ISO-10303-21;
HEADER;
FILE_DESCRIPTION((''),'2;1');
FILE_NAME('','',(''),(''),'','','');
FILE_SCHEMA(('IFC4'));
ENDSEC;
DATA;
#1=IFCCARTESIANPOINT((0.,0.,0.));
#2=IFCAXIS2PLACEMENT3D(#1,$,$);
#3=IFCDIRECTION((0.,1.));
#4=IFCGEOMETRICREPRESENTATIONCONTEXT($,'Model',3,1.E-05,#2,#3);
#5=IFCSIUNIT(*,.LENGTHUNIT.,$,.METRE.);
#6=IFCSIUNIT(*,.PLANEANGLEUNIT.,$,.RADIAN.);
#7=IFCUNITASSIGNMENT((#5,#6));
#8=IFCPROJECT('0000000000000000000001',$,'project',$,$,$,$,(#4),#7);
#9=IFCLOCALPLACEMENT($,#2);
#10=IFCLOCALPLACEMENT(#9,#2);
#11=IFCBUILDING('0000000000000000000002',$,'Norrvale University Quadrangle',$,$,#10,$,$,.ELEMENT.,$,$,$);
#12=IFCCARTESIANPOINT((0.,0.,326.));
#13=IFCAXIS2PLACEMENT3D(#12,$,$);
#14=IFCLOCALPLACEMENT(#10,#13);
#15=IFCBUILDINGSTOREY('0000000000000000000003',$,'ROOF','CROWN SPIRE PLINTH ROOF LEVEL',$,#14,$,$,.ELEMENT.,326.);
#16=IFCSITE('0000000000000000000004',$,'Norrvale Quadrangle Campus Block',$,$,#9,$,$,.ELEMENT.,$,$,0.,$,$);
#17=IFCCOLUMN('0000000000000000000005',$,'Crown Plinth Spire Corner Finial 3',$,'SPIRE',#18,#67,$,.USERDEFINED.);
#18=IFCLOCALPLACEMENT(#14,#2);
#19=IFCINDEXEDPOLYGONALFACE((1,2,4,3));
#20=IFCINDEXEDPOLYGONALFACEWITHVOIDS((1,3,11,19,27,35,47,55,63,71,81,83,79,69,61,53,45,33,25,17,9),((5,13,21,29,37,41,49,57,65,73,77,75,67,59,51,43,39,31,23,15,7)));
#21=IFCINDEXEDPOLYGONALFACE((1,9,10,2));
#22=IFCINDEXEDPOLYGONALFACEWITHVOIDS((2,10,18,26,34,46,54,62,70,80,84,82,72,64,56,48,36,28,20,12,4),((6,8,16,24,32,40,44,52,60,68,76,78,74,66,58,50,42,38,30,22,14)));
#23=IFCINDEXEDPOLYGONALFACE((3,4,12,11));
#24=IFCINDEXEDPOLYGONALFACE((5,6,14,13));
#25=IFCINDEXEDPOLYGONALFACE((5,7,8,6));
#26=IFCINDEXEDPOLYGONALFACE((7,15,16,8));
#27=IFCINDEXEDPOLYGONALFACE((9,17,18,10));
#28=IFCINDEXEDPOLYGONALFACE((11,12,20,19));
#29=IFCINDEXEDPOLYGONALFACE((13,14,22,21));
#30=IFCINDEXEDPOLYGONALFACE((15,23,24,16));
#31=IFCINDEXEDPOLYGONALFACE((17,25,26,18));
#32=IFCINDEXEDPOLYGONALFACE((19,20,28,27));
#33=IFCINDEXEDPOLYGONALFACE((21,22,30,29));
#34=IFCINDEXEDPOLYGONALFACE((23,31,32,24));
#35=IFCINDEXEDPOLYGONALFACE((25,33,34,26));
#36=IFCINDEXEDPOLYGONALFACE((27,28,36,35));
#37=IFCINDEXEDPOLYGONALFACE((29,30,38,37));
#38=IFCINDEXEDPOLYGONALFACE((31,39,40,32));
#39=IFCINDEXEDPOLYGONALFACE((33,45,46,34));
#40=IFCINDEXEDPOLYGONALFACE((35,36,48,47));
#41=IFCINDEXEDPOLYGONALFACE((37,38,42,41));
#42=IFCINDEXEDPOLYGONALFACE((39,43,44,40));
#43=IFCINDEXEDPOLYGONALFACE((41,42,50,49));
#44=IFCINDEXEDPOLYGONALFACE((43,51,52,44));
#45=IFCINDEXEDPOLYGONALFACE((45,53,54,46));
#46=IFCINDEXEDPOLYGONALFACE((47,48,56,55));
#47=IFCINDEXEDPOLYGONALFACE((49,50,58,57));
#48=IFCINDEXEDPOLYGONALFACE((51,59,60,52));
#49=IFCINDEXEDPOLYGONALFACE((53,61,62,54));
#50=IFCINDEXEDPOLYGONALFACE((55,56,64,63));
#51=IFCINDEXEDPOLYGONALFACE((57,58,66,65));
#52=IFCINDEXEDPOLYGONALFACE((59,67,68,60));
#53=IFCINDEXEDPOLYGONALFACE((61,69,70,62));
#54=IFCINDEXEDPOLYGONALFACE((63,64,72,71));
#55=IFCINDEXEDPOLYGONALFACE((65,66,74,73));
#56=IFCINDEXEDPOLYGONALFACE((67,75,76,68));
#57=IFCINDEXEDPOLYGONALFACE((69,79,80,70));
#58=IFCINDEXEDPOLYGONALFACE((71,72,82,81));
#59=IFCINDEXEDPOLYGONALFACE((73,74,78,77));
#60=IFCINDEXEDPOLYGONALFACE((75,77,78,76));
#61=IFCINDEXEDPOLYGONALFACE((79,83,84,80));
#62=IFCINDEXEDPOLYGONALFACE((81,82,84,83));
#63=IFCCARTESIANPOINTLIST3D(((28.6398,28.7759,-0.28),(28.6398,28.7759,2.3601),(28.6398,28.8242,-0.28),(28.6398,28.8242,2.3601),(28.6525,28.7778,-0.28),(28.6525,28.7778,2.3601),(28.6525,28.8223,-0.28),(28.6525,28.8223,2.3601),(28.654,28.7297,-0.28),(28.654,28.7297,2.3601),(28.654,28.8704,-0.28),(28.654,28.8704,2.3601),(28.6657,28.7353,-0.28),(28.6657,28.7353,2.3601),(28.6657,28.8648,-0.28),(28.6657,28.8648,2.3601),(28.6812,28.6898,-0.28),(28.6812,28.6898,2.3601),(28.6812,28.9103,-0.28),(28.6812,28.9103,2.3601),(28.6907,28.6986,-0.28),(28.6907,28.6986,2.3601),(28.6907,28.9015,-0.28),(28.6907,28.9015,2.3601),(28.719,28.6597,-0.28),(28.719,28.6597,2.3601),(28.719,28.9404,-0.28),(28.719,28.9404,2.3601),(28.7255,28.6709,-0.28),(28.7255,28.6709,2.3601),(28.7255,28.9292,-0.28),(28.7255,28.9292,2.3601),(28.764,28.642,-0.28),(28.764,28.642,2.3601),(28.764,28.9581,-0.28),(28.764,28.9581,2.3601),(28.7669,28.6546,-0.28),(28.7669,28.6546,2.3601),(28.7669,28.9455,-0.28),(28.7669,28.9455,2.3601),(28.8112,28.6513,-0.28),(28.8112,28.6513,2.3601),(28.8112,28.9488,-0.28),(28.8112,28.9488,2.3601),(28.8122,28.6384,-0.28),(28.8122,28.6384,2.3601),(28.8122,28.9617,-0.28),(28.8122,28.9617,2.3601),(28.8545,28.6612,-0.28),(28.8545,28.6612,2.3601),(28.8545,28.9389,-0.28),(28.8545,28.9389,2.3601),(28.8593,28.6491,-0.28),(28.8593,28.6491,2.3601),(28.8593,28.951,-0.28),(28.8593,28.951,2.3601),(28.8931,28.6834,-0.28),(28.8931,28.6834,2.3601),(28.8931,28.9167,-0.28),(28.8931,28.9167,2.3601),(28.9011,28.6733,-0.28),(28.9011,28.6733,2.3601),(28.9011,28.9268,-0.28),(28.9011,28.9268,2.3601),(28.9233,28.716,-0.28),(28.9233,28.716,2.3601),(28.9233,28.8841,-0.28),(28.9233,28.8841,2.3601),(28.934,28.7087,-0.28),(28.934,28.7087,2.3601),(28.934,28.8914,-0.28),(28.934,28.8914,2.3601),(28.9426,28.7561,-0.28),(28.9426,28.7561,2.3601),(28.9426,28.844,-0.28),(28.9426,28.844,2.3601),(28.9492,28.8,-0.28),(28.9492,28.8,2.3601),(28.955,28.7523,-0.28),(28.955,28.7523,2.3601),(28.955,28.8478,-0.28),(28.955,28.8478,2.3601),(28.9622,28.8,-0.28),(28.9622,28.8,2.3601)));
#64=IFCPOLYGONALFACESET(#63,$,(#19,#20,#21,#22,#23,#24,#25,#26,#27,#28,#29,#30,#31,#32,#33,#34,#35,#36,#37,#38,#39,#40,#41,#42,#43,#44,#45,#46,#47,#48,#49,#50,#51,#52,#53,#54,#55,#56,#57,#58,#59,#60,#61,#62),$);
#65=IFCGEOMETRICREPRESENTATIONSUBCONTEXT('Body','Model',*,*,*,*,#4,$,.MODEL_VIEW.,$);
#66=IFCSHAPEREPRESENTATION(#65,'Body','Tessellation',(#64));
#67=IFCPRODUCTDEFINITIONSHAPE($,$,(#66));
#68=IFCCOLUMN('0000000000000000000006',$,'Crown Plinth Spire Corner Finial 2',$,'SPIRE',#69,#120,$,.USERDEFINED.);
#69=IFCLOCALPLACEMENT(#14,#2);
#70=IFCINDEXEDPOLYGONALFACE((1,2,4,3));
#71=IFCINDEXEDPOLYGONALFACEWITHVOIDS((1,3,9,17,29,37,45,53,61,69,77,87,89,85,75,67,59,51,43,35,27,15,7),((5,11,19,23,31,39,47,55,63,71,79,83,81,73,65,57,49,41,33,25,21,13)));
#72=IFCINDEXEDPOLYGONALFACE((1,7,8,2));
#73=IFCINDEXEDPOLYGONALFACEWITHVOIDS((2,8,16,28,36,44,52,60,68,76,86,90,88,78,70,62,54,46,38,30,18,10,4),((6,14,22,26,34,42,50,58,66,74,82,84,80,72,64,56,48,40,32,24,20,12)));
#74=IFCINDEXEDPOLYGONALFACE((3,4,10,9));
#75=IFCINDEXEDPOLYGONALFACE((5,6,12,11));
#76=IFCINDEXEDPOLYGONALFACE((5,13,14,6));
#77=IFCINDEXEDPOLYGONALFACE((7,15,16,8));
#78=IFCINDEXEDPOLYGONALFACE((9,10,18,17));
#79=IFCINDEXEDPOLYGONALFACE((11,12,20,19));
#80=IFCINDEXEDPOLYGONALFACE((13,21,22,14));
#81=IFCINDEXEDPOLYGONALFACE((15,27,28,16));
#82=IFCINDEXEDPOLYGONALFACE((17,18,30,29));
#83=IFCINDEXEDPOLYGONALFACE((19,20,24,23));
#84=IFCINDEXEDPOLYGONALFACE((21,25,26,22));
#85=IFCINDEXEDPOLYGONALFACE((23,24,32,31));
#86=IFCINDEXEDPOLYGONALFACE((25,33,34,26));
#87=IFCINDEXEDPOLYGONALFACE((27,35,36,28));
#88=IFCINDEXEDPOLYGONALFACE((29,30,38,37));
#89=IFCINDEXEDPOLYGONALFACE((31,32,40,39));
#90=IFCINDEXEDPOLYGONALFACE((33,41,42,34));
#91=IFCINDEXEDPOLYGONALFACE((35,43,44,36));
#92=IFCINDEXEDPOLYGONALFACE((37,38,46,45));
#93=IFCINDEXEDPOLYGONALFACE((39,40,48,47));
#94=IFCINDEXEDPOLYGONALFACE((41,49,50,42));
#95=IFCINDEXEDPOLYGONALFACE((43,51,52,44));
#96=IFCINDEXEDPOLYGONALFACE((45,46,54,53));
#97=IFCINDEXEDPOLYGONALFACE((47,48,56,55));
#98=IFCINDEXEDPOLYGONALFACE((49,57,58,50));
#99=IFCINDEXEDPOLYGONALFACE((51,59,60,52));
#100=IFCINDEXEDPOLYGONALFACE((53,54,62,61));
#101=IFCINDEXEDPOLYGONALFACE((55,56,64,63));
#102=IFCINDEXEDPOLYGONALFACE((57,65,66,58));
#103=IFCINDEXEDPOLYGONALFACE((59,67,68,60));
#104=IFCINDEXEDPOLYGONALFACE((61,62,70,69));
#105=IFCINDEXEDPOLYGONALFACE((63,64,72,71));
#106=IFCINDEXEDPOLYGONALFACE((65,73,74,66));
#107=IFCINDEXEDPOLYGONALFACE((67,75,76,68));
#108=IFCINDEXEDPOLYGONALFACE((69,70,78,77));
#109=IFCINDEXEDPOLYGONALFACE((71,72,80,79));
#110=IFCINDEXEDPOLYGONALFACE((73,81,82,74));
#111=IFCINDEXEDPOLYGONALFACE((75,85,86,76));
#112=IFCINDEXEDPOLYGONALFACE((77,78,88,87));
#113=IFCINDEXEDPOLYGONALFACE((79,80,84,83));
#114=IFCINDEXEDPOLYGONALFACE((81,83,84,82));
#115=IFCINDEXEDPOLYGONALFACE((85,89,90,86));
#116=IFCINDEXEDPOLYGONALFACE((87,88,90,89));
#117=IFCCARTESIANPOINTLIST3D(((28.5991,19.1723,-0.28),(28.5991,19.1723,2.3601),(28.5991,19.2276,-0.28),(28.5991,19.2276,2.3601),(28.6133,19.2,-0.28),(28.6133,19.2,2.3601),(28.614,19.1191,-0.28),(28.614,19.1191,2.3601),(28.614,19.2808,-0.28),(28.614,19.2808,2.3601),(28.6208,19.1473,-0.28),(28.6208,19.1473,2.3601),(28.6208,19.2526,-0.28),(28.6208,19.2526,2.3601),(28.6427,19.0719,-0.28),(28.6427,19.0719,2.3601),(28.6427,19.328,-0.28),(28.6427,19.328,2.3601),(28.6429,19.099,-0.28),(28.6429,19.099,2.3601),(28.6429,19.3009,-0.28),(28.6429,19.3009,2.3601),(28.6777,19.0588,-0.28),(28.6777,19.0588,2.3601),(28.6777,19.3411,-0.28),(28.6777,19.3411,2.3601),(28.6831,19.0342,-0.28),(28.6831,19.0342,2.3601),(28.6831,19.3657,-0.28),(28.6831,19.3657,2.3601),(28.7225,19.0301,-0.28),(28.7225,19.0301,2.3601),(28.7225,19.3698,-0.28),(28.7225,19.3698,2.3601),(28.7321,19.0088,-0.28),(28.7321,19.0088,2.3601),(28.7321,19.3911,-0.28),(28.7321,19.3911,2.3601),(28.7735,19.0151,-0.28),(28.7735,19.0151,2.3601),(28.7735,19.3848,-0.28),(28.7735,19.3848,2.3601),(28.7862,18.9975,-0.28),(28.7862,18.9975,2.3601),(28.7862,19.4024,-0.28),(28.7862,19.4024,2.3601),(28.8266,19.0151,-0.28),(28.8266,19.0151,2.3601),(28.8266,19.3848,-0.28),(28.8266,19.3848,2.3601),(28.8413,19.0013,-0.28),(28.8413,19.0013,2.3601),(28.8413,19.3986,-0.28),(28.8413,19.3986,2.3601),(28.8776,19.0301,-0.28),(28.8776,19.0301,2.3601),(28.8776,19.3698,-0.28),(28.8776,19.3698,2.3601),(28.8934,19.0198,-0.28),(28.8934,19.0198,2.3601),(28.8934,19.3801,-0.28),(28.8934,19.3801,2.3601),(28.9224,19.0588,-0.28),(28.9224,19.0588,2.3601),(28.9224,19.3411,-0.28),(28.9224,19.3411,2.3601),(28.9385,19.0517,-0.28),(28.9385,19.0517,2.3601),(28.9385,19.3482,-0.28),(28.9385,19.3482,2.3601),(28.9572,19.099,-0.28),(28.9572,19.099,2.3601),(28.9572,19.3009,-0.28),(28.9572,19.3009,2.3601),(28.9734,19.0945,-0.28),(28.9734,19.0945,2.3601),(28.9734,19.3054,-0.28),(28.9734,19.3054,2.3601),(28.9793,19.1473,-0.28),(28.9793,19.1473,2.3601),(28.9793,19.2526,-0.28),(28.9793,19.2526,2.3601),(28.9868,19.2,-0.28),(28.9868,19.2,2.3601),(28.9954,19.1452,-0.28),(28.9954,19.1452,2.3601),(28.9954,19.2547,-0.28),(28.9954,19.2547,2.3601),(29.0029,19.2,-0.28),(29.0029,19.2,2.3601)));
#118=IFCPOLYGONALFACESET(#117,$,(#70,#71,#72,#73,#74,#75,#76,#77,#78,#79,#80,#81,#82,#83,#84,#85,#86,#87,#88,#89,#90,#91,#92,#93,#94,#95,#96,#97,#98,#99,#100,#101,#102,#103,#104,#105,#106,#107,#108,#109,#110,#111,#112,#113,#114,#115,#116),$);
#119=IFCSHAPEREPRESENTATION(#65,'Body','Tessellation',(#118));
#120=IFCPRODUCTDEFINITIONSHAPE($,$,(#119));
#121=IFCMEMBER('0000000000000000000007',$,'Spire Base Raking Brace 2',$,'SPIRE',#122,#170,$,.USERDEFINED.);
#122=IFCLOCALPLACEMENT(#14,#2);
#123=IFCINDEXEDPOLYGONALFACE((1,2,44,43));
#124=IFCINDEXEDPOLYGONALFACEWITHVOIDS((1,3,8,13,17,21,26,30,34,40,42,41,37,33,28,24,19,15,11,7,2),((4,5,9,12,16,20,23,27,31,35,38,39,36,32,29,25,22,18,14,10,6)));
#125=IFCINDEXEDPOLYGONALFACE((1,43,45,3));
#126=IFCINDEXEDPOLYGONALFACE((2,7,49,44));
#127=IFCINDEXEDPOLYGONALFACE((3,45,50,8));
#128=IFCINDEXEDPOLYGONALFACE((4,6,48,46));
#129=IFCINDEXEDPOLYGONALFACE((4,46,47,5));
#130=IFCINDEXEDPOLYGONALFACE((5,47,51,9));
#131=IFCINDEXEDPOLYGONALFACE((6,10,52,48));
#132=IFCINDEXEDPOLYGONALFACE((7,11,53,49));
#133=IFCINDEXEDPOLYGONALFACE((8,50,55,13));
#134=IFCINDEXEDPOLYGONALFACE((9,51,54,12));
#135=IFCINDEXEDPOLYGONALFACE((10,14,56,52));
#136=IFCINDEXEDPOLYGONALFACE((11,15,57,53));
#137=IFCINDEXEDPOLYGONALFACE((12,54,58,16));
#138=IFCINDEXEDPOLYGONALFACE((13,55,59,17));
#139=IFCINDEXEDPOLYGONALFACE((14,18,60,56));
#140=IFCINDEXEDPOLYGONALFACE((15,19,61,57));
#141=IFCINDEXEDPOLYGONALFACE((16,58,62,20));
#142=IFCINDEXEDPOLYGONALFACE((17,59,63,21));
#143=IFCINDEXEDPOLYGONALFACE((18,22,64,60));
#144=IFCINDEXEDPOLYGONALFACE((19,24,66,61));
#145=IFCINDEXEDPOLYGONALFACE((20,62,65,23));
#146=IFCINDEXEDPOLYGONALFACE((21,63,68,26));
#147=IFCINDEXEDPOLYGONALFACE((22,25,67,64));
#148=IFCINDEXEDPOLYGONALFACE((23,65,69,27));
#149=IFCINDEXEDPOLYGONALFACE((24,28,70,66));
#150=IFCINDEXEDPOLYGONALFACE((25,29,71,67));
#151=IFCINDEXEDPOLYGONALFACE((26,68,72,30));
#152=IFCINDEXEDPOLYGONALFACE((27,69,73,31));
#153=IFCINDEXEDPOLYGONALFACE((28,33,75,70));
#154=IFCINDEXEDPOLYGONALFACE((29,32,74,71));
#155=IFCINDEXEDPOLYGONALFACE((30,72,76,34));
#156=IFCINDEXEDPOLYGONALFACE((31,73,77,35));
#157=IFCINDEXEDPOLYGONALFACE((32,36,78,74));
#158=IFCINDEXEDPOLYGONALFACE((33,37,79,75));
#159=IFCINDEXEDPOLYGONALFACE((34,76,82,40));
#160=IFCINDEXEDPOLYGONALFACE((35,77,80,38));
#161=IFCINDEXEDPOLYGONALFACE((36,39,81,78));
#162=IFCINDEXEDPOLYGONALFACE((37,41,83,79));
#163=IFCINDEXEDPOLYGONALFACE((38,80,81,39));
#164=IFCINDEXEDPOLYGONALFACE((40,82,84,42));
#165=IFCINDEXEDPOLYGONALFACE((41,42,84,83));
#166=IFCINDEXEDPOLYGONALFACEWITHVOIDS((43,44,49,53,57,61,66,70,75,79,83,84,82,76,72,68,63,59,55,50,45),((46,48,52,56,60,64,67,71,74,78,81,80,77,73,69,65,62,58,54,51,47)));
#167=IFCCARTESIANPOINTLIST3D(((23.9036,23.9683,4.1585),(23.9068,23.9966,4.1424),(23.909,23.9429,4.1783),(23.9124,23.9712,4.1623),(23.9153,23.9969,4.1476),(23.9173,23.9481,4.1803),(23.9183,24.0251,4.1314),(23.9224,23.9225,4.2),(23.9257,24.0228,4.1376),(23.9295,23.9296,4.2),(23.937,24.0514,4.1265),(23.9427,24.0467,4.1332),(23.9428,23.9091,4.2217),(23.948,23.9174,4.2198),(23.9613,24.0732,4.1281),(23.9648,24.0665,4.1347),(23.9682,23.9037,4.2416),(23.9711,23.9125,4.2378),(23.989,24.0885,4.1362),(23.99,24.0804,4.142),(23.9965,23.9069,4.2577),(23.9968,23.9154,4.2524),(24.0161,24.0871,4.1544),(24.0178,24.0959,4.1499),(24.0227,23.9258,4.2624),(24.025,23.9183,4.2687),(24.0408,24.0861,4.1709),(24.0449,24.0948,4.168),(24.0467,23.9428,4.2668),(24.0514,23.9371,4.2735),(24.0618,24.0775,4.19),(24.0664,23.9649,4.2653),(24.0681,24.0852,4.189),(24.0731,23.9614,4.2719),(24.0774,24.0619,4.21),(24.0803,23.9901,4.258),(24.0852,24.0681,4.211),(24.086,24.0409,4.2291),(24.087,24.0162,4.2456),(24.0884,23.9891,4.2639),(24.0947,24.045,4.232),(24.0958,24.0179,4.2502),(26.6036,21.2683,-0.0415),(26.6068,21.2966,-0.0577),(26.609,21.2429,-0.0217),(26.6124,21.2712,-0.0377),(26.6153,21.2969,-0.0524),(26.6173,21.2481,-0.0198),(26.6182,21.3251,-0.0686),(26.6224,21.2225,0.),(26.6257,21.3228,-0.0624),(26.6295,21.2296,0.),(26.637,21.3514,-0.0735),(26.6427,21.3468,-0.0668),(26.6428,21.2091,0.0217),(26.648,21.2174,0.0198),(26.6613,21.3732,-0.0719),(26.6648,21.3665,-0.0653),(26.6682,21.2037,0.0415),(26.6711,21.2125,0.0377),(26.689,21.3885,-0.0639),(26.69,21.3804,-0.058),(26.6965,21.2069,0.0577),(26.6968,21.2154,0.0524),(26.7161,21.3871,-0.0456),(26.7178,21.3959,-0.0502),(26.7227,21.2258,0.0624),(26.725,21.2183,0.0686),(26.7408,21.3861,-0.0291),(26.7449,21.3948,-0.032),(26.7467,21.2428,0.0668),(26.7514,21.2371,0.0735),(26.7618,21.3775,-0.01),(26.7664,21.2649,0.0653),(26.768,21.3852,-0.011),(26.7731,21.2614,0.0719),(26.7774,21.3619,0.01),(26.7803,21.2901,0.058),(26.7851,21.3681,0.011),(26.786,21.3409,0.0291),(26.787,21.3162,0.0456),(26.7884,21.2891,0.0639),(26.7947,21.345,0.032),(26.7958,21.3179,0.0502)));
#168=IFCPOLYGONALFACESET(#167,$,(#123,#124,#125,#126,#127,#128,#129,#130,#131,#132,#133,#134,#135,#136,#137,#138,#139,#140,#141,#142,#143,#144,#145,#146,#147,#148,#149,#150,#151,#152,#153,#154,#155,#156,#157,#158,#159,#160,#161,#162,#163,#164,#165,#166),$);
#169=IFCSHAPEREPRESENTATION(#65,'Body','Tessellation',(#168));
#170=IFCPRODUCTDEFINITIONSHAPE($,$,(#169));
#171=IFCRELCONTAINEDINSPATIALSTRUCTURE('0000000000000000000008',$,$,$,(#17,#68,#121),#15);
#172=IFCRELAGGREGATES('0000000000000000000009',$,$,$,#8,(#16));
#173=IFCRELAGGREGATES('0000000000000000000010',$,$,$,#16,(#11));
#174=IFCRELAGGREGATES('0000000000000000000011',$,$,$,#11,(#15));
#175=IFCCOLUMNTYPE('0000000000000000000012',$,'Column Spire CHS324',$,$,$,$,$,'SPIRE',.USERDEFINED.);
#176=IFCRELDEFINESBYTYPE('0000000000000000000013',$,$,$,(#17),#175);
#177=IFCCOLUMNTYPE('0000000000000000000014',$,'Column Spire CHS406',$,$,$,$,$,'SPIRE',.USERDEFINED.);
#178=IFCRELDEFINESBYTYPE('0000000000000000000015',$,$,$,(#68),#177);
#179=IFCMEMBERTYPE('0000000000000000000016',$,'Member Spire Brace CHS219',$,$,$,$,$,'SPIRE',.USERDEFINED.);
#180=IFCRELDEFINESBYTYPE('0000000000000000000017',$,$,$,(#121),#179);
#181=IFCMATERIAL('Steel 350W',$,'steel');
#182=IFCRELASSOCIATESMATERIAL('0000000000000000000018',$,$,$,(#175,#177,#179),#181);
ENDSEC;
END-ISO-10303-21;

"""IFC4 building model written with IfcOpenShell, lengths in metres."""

from ifc_helpers import new_model, si_unit, direction, frame, origin, origin_2d, place, context, subcontext, project, spatial, hollow_circle, extrude, material, material_profile, profile_set, type_object, element, save


model = new_model("IFC4")

# Units and contexts
model_context = context("Model", 3, precision=1e-05, world=origin(), true_north=direction((0.0, 1.0)))
body_context = subcontext(model_context, "Body", "Model", "MODEL_VIEW")
ifc_project = project(units=[si_unit("LENGTHUNIT", "METRE"), si_unit("PLANEANGLEUNIT", "RADIAN")], contexts=[model_context])

# Site, building, storey
site_placement = place(None, origin())
site = spatial("IfcSite", under=ifc_project, at=site_placement, Name="Norrvale Quadrangle Campus Block", CompositionType="ELEMENT", RefElevation=0.0)
building_placement = place(site_placement, origin())
building = spatial("IfcBuilding", under=site, at=building_placement, Name="Norrvale University Quadrangle", CompositionType="ELEMENT")
storey_placement = place(building_placement, frame((0.0, 0.0, 326.0)))
storey = spatial("IfcBuildingStorey", under=building, at=storey_placement, Name="ROOF", Description="CROWN SPIRE PLINTH ROOF LEVEL", CompositionType="ELEMENT", Elevation=326.0)

# Columns
ifc_material_1 = material(Name="Steel 350W", Category="steel")
ifc_material_profile_1 = material_profile(ifc_material_1, hollow_circle(Radius=0.1621, WallThickness=0.0129, at=origin_2d()), Name="Steel 350W")
ifc_profile_set_1 = profile_set([ifc_material_profile_1], Name="Steel 350W")
column_type_1 = type_object("IfcColumnType", Name="Column Spire CHS324", ElementType="SPIRE", PredefinedType="USERDEFINED", material=ifc_profile_set_1)
column_1_placement = place(storey_placement, frame((28.8, 28.8, -0.28), z_axis=(0.0, 0.0, 1.0), x_axis=(1.0, 0.0, 0.0)))
element("IfcColumn", 1, at=column_1_placement, inside=storey, type_object=column_type_1, Name="Crown Plinth Spire Corner Finial 3", ObjectType="SPIRE", PredefinedType="USERDEFINED", context=body_context, shape_type="SweptSolid", body=[
    extrude(hollow_circle(Radius=0.1621, WallThickness=0.0129, at=origin_2d()), origin(), (0.0, 0.0, 1.0), 2.6401),
])
ifc_material_profile_2 = material_profile(ifc_material_1, hollow_circle(Radius=0.2029, WallThickness=0.0161, at=origin_2d()), Name="Steel 350W")
ifc_profile_set_2 = profile_set([ifc_material_profile_2], Name="Steel 350W")
column_type_2 = type_object("IfcColumnType", Name="Column Spire CHS406", ElementType="SPIRE", PredefinedType="USERDEFINED", material=ifc_profile_set_2)
column_2_placement = place(storey_placement, frame((28.8, 19.2, -0.28), z_axis=(0.0, 0.0, 1.0), x_axis=(1.0, 0.0, 0.0)))
element("IfcColumn", 2, at=column_2_placement, inside=storey, type_object=column_type_2, Name="Crown Plinth Spire Corner Finial 2", ObjectType="SPIRE", PredefinedType="USERDEFINED", context=body_context, shape_type="SweptSolid", body=[
    extrude(hollow_circle(Radius=0.2029, WallThickness=0.0161, at=origin_2d()), origin(), (0.0, 0.0, 1.0), 2.6401),
])

# Member
ifc_material_profile_3 = material_profile(ifc_material_1, hollow_circle(Radius=0.1096, WallThickness=0.01, at=origin_2d()), Name="Steel 350W")
ifc_profile_set_3 = profile_set([ifc_material_profile_3], Name="Steel 350W")
member_type_1 = type_object("IfcMemberType", Name="Member Spire Brace CHS219", ElementType="SPIRE", PredefinedType="USERDEFINED", material=ifc_profile_set_3)
member_1_placement = place(storey_placement, frame((26.7, 21.3, 0.0), z_axis=(-0.475663, 0.475663, 0.739925), x_axis=(-0.707107, -0.707107, 0.0)))
element("IfcMember", 3, at=member_1_placement, inside=storey, type_object=member_type_1, Name="Spire Base Raking Brace 2", ObjectType="SPIRE", PredefinedType="USERDEFINED", context=body_context, shape_type="SweptSolid", body=[
    extrude(hollow_circle(Radius=0.1096, WallThickness=0.01, at=origin_2d()), origin(), (0.0, 0.0, 1.0), 5.6763),
])

save(model, "model.ifc")
